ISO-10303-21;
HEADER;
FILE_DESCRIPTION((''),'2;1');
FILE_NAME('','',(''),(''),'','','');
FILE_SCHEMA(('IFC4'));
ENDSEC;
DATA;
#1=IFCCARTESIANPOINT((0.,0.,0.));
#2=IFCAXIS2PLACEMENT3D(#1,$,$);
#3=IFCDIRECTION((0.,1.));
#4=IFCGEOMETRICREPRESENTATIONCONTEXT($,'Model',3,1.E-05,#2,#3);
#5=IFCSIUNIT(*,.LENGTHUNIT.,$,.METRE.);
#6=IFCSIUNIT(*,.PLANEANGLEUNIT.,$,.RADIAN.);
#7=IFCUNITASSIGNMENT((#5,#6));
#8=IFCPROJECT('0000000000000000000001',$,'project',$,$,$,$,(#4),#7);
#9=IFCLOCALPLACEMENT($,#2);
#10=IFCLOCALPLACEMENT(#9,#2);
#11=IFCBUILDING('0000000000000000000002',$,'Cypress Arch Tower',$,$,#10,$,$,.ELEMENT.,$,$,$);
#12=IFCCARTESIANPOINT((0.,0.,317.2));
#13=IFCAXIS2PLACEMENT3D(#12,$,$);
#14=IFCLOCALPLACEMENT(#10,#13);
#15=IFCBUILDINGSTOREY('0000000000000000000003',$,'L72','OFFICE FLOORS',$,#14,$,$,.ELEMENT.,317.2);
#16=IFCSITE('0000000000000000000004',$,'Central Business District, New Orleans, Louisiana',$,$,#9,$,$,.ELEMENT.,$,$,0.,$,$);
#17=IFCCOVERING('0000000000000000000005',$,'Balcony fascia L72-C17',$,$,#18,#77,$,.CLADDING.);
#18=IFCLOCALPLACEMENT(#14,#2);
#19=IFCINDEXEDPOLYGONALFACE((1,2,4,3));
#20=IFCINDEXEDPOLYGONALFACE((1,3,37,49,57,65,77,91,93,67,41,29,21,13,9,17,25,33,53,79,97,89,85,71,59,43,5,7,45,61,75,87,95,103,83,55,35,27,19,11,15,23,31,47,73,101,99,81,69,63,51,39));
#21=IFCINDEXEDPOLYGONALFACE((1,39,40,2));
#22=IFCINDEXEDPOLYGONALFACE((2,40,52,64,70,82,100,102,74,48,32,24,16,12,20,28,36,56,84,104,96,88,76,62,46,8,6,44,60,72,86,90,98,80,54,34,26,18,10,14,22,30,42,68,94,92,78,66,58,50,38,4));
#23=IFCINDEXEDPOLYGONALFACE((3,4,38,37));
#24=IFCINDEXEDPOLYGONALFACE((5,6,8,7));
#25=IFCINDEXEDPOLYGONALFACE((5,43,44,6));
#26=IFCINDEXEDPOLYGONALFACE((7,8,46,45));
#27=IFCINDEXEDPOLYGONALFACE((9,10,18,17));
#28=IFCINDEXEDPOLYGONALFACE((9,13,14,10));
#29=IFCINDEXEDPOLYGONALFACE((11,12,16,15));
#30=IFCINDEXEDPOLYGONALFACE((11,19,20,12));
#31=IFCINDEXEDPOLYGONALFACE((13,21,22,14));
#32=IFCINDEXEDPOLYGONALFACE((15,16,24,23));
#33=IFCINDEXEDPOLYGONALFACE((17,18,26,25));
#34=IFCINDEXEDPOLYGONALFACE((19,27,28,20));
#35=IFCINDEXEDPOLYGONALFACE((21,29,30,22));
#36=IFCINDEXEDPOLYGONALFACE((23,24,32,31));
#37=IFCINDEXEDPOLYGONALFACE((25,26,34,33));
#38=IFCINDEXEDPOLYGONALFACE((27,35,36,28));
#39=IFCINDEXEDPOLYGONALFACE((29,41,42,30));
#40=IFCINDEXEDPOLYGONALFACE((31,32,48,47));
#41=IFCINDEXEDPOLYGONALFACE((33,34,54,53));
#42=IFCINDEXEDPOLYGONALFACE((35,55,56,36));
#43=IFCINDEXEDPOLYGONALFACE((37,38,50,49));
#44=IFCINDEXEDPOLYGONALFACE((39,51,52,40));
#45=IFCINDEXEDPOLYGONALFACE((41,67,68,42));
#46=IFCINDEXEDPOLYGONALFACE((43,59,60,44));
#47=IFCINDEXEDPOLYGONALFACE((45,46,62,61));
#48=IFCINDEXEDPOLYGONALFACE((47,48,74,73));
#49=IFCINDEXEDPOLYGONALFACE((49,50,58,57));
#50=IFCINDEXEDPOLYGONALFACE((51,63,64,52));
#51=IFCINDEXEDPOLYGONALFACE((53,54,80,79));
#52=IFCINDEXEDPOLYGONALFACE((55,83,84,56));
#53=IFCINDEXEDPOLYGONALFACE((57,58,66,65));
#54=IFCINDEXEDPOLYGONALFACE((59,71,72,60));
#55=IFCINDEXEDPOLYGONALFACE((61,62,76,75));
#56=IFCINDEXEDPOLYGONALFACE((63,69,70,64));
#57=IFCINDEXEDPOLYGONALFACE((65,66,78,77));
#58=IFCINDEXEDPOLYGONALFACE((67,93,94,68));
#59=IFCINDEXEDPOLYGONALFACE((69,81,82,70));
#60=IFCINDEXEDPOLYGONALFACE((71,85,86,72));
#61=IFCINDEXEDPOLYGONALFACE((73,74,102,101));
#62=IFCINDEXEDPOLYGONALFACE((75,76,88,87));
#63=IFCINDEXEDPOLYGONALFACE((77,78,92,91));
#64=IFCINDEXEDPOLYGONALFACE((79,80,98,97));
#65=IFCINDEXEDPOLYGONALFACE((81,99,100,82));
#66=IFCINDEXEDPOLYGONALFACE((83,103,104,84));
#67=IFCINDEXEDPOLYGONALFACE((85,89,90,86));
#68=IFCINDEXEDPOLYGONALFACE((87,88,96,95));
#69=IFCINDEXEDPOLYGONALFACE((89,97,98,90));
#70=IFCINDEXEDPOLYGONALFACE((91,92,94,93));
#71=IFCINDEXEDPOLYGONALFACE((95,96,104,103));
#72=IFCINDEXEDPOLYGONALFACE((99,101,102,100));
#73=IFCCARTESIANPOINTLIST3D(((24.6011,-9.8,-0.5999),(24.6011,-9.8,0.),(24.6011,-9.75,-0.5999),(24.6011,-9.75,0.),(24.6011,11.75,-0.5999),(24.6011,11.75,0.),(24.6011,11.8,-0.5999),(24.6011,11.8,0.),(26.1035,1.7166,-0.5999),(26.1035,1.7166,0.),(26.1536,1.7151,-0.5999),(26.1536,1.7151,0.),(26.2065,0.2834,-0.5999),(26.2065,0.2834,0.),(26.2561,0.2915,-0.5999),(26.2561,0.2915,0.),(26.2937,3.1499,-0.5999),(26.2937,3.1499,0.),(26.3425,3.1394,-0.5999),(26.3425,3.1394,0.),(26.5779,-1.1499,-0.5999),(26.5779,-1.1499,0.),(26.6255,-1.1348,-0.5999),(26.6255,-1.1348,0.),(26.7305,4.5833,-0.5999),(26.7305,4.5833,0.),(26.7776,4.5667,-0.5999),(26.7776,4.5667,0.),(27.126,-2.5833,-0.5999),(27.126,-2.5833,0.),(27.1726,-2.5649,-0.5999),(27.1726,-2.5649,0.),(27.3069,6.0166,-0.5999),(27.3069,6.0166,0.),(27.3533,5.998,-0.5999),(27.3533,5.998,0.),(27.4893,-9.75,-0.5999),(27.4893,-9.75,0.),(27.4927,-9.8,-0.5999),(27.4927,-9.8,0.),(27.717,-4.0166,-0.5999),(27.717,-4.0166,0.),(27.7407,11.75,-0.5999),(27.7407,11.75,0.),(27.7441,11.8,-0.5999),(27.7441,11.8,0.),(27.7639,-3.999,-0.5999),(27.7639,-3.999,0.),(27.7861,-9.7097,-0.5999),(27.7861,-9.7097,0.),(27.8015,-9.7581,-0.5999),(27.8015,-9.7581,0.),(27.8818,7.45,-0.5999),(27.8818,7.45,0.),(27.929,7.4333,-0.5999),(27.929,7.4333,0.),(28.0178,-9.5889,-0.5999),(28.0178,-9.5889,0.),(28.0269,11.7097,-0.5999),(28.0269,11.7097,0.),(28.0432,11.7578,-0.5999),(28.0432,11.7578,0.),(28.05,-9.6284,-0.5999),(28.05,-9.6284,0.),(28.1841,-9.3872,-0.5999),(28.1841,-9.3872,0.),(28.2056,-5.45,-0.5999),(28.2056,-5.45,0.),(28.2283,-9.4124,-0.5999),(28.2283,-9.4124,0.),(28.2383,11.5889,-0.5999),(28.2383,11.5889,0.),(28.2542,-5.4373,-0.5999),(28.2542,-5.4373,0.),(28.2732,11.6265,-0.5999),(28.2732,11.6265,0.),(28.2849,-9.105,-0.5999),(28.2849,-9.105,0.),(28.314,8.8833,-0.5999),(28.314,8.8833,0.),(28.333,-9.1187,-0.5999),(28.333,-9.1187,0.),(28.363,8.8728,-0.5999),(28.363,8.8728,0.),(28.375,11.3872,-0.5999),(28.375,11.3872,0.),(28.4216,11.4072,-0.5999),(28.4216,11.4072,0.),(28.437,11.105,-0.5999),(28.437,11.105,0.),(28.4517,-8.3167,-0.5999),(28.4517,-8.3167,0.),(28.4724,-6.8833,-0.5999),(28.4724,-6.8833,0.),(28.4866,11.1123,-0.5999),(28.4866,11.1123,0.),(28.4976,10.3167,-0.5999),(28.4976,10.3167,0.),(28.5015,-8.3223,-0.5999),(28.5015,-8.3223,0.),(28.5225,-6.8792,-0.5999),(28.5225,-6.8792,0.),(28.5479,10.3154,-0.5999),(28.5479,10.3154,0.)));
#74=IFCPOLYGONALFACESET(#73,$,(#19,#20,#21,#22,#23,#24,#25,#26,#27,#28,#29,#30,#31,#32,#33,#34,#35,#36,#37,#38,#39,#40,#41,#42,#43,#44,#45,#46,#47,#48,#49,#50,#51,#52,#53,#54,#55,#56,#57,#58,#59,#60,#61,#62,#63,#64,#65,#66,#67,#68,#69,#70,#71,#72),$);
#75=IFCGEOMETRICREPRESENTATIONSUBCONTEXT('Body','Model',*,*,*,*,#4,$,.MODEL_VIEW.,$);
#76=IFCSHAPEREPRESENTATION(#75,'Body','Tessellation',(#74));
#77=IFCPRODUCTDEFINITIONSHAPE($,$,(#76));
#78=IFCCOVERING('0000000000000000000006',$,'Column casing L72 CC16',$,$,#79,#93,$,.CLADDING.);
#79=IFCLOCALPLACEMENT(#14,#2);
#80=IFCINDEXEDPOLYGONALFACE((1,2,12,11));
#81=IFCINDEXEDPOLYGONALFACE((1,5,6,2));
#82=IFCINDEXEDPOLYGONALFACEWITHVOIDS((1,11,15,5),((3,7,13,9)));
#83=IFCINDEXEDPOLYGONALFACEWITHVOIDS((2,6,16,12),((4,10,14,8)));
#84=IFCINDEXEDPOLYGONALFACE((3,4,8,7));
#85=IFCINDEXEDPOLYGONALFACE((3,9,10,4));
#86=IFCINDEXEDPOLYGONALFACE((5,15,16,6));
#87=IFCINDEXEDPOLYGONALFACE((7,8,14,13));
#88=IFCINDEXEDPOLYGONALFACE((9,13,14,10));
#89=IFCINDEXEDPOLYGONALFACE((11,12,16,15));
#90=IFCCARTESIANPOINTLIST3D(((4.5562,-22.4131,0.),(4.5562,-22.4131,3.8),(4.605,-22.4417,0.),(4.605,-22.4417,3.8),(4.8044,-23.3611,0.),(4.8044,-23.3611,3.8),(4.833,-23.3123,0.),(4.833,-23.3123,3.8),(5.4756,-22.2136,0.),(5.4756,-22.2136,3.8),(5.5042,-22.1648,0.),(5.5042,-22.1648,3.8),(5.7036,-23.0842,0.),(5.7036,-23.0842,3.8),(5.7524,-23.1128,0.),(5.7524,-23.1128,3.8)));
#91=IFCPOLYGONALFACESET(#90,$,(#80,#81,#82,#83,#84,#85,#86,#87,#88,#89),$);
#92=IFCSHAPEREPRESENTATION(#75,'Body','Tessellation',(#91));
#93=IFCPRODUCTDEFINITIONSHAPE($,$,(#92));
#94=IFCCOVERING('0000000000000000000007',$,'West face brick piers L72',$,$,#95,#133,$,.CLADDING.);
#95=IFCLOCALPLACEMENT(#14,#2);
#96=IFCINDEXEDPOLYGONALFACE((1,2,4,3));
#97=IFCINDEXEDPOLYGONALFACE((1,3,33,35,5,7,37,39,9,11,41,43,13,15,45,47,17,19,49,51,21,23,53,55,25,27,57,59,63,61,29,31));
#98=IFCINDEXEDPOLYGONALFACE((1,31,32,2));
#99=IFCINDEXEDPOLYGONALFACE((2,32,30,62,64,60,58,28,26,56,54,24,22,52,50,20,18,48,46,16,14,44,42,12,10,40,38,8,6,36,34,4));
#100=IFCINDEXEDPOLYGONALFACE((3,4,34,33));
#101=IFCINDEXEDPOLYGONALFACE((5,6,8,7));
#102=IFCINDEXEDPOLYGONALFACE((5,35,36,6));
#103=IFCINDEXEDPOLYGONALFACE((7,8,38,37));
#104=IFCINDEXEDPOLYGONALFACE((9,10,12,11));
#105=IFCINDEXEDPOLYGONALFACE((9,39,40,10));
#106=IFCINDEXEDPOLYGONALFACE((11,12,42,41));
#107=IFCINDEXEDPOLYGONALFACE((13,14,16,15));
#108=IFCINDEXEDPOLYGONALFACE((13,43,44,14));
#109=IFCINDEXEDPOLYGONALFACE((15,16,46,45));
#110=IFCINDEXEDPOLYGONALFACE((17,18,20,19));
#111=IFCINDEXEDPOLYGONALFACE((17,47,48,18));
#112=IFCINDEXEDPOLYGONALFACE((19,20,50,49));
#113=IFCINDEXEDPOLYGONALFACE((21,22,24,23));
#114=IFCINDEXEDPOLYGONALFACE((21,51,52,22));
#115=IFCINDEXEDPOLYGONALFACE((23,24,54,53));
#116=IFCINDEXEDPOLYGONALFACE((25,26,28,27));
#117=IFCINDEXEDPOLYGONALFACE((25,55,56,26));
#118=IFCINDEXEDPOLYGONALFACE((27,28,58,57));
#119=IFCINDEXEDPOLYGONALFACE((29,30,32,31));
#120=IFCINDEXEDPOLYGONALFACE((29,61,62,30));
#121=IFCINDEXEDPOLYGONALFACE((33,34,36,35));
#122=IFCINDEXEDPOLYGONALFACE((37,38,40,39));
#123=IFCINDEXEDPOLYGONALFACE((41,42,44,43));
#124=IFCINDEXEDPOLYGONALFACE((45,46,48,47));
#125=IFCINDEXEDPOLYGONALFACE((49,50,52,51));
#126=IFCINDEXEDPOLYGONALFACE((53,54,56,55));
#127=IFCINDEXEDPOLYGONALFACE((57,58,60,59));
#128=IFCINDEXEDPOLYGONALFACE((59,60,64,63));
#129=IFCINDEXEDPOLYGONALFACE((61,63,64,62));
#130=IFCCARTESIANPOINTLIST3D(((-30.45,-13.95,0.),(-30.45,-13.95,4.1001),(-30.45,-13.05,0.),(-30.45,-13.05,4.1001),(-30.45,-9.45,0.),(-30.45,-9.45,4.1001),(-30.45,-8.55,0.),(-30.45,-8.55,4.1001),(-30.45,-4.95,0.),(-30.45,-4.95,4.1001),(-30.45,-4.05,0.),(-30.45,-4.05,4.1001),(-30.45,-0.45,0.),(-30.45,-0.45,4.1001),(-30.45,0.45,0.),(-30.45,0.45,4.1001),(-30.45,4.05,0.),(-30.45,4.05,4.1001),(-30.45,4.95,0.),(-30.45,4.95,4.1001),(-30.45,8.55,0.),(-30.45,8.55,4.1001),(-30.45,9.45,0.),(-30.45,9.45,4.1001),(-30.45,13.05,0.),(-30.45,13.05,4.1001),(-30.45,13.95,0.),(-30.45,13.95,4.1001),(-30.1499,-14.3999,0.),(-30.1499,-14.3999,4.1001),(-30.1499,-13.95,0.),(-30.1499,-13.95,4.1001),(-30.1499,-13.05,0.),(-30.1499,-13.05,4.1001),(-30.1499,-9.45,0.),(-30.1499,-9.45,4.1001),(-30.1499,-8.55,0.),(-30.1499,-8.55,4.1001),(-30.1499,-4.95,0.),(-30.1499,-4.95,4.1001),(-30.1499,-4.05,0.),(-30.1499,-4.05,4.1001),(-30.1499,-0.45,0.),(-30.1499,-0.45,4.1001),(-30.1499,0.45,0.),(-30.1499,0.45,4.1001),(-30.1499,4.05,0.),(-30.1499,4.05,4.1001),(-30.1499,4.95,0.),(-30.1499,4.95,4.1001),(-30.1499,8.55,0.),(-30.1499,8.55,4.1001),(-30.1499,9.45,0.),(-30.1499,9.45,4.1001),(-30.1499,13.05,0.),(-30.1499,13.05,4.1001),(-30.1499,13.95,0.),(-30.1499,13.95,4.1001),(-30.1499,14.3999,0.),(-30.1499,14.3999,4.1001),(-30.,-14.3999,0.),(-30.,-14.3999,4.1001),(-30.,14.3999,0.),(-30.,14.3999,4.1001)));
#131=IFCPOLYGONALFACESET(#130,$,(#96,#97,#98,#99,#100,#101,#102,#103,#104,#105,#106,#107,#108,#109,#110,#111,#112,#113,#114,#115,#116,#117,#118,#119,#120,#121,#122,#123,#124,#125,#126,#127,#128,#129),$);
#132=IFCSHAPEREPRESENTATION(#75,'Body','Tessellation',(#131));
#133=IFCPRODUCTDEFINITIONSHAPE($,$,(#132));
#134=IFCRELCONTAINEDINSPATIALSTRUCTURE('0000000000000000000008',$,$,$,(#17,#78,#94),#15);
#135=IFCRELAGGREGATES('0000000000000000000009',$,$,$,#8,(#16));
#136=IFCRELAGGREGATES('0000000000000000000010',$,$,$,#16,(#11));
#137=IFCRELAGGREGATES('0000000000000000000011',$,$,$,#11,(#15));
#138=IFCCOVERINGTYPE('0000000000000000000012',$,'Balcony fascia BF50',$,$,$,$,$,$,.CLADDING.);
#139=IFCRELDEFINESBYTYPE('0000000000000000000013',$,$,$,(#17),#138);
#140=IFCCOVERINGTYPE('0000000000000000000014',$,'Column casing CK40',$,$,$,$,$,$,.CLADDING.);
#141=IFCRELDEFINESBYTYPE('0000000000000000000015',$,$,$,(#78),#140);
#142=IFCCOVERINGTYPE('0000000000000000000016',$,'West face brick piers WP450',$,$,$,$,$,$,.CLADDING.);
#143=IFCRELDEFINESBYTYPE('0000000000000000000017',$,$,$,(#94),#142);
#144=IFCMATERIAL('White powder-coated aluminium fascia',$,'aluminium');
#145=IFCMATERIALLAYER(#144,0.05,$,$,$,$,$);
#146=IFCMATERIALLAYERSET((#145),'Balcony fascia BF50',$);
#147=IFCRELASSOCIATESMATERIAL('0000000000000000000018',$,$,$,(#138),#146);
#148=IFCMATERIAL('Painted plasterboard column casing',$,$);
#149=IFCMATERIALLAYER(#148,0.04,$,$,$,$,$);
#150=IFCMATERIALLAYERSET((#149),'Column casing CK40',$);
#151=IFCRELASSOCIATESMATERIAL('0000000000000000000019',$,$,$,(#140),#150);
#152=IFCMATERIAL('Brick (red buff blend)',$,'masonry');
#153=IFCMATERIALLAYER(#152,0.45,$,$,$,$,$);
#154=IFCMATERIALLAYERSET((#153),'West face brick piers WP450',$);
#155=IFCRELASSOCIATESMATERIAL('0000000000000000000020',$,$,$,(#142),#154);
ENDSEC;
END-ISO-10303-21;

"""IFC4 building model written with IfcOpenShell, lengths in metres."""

from ifc_helpers import new_model, si_unit, direction, frame, origin, place, context, subcontext, project, spatial, polyline, outline, extrude, material, layer, layer_set, type_object, element, save


model = new_model("IFC4")

# Units and contexts
model_context = context("Model", 3, precision=1e-05, world=origin(), true_north=direction((0.0, 1.0)))
body_context = subcontext(model_context, "Body", "Model", "MODEL_VIEW")
ifc_project = project(units=[si_unit("LENGTHUNIT", "METRE"), si_unit("PLANEANGLEUNIT", "RADIAN")], contexts=[model_context])

# Site, building, storey
site_placement = place(None, origin())
site = spatial("IfcSite", under=ifc_project, at=site_placement, Name="Central Business District, New Orleans, Louisiana", CompositionType="ELEMENT", RefElevation=0.0)
building_placement = place(site_placement, origin())
building = spatial("IfcBuilding", under=site, at=building_placement, Name="Cypress Arch Tower", CompositionType="ELEMENT")
storey_placement = place(building_placement, frame((0.0, 0.0, 317.2)))
storey = spatial("IfcBuildingStorey", under=building, at=storey_placement, Name="L72", Description="OFFICE FLOORS", CompositionType="ELEMENT", Elevation=317.2)

# Coverings
ifc_material_1 = material(Name="White powder-coated aluminium fascia", Category="aluminium")
ifc_layer_1 = layer(ifc_material_1, 0.05)
ifc_layer_set_1 = layer_set([ifc_layer_1], Name="Balcony fascia BF50")
covering_type_1 = type_object("IfcCoveringType", Name="Balcony fascia BF50", PredefinedType="CLADDING", material=ifc_layer_set_1)
covering_1_placement = place(storey_placement, frame((0.0, 0.0, -0.5999)))
element("IfcCovering", 1, at=covering_1_placement, inside=storey, type_object=covering_type_1, Name="Balcony fascia L72-C17", PredefinedType="CLADDING", context=body_context, shape_type="SweptSolid", body=[
    extrude(outline(polyline([(27.7441, 11.8), (28.0432, 11.7578), (28.2732, 11.6265), (28.4216, 11.4072), (28.4866, 11.1123), (28.5479, 10.3154), (28.363, 8.8728), (27.929, 7.4333), (27.3533, 5.998), (26.7776, 4.5667), (26.3425, 3.1394), (26.1536, 1.7151), (26.2561, 0.2915), (26.6255, -1.1348), (27.1726, -2.5649), (27.7639, -3.999), (28.2542, -5.4373), (28.5225, -6.8792), (28.5015, -8.3223), (28.333, -9.1187), (28.2283, -9.4124), (28.05, -9.6284), (27.8015, -9.7581), (27.4927, -9.8), (24.6011, -9.8), (24.6011, -9.75), (27.4893, -9.75), (27.7861, -9.7097), (28.0178, -9.5889), (28.1841, -9.3872), (28.2849, -9.105), (28.4517, -8.3167), (28.4724, -6.8833), (28.2056, -5.45), (27.717, -4.0166), (27.126, -2.5833), (26.5779, -1.1499), (26.2065, 0.2834), (26.1035, 1.7166), (26.2937, 3.1499), (26.7305, 4.5833), (27.3069, 6.0166), (27.8818, 7.45), (28.314, 8.8833), (28.4976, 10.3167), (28.437, 11.105), (28.375, 11.3872), (28.2383, 11.5889), (28.0269, 11.7097), (27.7407, 11.75), (24.6011, 11.75), (24.6011, 11.8), (27.7441, 11.8)])), origin(), (0.0, 0.0, 1.0), 0.5999),
])
ifc_material_2 = material(Name="Painted plasterboard column casing")
ifc_layer_2 = layer(ifc_material_2, 0.04)
ifc_layer_set_2 = layer_set([ifc_layer_2], Name="Column casing CK40")
covering_type_2 = type_object("IfcCoveringType", Name="Column casing CK40", PredefinedType="CLADDING", material=ifc_layer_set_2)
covering_2_placement = place(storey_placement, origin())
element("IfcCovering", 2, at=covering_2_placement, inside=storey, type_object=covering_type_2, Name="Column casing L72 CC16", PredefinedType="CLADDING", context=body_context, shape_type="SweptSolid", body=[
    extrude(outline(polyline([(4.8044, -23.3611), (4.5562, -22.4131), (5.5042, -22.1648), (5.7524, -23.1128), (4.8044, -23.3611)]), holes=[polyline([(4.833, -23.3123), (5.7036, -23.0842), (5.4756, -22.2136), (4.605, -22.4417), (4.833, -23.3123)])]), origin(), (0.0, 0.0, 1.0), 3.8),
])
ifc_material_3 = material(Name="Brick (red buff blend)", Category="masonry")
ifc_layer_3 = layer(ifc_material_3, 0.45)
ifc_layer_set_3 = layer_set([ifc_layer_3], Name="West face brick piers WP450")
covering_type_3 = type_object("IfcCoveringType", Name="West face brick piers WP450", PredefinedType="CLADDING", material=ifc_layer_set_3)
covering_3_placement = place(storey_placement, origin())
element("IfcCovering", 3, at=covering_3_placement, inside=storey, type_object=covering_type_3, Name="West face brick piers L72", PredefinedType="CLADDING", context=body_context, shape_type="SweptSolid", body=[
    extrude(outline(polyline([(-30.1499, -13.05), (-30.1499, -9.45), (-30.45, -9.45), (-30.45, -8.55), (-30.1499, -8.55), (-30.1499, -4.95), (-30.45, -4.95), (-30.45, -4.05), (-30.1499, -4.05), (-30.1499, -0.45), (-30.45, -0.45), (-30.45, 0.45), (-30.1499, 0.45), (-30.1499, 4.05), (-30.45, 4.05), (-30.45, 4.95), (-30.1499, 4.95), (-30.1499, 8.55), (-30.45, 8.55), (-30.45, 9.45), (-30.1499, 9.45), (-30.1499, 13.05), (-30.45, 13.05), (-30.45, 13.95), (-30.1499, 13.95), (-30.1499, 14.3999), (-30.0, 14.3999), (-30.0, -14.3999), (-30.1499, -14.3999), (-30.1499, -13.95), (-30.45, -13.95), (-30.45, -13.05), (-30.1499, -13.05)])), origin(), (0.0, 0.0, 1.0), 4.1001),
])

save(model, "model.ifc")
